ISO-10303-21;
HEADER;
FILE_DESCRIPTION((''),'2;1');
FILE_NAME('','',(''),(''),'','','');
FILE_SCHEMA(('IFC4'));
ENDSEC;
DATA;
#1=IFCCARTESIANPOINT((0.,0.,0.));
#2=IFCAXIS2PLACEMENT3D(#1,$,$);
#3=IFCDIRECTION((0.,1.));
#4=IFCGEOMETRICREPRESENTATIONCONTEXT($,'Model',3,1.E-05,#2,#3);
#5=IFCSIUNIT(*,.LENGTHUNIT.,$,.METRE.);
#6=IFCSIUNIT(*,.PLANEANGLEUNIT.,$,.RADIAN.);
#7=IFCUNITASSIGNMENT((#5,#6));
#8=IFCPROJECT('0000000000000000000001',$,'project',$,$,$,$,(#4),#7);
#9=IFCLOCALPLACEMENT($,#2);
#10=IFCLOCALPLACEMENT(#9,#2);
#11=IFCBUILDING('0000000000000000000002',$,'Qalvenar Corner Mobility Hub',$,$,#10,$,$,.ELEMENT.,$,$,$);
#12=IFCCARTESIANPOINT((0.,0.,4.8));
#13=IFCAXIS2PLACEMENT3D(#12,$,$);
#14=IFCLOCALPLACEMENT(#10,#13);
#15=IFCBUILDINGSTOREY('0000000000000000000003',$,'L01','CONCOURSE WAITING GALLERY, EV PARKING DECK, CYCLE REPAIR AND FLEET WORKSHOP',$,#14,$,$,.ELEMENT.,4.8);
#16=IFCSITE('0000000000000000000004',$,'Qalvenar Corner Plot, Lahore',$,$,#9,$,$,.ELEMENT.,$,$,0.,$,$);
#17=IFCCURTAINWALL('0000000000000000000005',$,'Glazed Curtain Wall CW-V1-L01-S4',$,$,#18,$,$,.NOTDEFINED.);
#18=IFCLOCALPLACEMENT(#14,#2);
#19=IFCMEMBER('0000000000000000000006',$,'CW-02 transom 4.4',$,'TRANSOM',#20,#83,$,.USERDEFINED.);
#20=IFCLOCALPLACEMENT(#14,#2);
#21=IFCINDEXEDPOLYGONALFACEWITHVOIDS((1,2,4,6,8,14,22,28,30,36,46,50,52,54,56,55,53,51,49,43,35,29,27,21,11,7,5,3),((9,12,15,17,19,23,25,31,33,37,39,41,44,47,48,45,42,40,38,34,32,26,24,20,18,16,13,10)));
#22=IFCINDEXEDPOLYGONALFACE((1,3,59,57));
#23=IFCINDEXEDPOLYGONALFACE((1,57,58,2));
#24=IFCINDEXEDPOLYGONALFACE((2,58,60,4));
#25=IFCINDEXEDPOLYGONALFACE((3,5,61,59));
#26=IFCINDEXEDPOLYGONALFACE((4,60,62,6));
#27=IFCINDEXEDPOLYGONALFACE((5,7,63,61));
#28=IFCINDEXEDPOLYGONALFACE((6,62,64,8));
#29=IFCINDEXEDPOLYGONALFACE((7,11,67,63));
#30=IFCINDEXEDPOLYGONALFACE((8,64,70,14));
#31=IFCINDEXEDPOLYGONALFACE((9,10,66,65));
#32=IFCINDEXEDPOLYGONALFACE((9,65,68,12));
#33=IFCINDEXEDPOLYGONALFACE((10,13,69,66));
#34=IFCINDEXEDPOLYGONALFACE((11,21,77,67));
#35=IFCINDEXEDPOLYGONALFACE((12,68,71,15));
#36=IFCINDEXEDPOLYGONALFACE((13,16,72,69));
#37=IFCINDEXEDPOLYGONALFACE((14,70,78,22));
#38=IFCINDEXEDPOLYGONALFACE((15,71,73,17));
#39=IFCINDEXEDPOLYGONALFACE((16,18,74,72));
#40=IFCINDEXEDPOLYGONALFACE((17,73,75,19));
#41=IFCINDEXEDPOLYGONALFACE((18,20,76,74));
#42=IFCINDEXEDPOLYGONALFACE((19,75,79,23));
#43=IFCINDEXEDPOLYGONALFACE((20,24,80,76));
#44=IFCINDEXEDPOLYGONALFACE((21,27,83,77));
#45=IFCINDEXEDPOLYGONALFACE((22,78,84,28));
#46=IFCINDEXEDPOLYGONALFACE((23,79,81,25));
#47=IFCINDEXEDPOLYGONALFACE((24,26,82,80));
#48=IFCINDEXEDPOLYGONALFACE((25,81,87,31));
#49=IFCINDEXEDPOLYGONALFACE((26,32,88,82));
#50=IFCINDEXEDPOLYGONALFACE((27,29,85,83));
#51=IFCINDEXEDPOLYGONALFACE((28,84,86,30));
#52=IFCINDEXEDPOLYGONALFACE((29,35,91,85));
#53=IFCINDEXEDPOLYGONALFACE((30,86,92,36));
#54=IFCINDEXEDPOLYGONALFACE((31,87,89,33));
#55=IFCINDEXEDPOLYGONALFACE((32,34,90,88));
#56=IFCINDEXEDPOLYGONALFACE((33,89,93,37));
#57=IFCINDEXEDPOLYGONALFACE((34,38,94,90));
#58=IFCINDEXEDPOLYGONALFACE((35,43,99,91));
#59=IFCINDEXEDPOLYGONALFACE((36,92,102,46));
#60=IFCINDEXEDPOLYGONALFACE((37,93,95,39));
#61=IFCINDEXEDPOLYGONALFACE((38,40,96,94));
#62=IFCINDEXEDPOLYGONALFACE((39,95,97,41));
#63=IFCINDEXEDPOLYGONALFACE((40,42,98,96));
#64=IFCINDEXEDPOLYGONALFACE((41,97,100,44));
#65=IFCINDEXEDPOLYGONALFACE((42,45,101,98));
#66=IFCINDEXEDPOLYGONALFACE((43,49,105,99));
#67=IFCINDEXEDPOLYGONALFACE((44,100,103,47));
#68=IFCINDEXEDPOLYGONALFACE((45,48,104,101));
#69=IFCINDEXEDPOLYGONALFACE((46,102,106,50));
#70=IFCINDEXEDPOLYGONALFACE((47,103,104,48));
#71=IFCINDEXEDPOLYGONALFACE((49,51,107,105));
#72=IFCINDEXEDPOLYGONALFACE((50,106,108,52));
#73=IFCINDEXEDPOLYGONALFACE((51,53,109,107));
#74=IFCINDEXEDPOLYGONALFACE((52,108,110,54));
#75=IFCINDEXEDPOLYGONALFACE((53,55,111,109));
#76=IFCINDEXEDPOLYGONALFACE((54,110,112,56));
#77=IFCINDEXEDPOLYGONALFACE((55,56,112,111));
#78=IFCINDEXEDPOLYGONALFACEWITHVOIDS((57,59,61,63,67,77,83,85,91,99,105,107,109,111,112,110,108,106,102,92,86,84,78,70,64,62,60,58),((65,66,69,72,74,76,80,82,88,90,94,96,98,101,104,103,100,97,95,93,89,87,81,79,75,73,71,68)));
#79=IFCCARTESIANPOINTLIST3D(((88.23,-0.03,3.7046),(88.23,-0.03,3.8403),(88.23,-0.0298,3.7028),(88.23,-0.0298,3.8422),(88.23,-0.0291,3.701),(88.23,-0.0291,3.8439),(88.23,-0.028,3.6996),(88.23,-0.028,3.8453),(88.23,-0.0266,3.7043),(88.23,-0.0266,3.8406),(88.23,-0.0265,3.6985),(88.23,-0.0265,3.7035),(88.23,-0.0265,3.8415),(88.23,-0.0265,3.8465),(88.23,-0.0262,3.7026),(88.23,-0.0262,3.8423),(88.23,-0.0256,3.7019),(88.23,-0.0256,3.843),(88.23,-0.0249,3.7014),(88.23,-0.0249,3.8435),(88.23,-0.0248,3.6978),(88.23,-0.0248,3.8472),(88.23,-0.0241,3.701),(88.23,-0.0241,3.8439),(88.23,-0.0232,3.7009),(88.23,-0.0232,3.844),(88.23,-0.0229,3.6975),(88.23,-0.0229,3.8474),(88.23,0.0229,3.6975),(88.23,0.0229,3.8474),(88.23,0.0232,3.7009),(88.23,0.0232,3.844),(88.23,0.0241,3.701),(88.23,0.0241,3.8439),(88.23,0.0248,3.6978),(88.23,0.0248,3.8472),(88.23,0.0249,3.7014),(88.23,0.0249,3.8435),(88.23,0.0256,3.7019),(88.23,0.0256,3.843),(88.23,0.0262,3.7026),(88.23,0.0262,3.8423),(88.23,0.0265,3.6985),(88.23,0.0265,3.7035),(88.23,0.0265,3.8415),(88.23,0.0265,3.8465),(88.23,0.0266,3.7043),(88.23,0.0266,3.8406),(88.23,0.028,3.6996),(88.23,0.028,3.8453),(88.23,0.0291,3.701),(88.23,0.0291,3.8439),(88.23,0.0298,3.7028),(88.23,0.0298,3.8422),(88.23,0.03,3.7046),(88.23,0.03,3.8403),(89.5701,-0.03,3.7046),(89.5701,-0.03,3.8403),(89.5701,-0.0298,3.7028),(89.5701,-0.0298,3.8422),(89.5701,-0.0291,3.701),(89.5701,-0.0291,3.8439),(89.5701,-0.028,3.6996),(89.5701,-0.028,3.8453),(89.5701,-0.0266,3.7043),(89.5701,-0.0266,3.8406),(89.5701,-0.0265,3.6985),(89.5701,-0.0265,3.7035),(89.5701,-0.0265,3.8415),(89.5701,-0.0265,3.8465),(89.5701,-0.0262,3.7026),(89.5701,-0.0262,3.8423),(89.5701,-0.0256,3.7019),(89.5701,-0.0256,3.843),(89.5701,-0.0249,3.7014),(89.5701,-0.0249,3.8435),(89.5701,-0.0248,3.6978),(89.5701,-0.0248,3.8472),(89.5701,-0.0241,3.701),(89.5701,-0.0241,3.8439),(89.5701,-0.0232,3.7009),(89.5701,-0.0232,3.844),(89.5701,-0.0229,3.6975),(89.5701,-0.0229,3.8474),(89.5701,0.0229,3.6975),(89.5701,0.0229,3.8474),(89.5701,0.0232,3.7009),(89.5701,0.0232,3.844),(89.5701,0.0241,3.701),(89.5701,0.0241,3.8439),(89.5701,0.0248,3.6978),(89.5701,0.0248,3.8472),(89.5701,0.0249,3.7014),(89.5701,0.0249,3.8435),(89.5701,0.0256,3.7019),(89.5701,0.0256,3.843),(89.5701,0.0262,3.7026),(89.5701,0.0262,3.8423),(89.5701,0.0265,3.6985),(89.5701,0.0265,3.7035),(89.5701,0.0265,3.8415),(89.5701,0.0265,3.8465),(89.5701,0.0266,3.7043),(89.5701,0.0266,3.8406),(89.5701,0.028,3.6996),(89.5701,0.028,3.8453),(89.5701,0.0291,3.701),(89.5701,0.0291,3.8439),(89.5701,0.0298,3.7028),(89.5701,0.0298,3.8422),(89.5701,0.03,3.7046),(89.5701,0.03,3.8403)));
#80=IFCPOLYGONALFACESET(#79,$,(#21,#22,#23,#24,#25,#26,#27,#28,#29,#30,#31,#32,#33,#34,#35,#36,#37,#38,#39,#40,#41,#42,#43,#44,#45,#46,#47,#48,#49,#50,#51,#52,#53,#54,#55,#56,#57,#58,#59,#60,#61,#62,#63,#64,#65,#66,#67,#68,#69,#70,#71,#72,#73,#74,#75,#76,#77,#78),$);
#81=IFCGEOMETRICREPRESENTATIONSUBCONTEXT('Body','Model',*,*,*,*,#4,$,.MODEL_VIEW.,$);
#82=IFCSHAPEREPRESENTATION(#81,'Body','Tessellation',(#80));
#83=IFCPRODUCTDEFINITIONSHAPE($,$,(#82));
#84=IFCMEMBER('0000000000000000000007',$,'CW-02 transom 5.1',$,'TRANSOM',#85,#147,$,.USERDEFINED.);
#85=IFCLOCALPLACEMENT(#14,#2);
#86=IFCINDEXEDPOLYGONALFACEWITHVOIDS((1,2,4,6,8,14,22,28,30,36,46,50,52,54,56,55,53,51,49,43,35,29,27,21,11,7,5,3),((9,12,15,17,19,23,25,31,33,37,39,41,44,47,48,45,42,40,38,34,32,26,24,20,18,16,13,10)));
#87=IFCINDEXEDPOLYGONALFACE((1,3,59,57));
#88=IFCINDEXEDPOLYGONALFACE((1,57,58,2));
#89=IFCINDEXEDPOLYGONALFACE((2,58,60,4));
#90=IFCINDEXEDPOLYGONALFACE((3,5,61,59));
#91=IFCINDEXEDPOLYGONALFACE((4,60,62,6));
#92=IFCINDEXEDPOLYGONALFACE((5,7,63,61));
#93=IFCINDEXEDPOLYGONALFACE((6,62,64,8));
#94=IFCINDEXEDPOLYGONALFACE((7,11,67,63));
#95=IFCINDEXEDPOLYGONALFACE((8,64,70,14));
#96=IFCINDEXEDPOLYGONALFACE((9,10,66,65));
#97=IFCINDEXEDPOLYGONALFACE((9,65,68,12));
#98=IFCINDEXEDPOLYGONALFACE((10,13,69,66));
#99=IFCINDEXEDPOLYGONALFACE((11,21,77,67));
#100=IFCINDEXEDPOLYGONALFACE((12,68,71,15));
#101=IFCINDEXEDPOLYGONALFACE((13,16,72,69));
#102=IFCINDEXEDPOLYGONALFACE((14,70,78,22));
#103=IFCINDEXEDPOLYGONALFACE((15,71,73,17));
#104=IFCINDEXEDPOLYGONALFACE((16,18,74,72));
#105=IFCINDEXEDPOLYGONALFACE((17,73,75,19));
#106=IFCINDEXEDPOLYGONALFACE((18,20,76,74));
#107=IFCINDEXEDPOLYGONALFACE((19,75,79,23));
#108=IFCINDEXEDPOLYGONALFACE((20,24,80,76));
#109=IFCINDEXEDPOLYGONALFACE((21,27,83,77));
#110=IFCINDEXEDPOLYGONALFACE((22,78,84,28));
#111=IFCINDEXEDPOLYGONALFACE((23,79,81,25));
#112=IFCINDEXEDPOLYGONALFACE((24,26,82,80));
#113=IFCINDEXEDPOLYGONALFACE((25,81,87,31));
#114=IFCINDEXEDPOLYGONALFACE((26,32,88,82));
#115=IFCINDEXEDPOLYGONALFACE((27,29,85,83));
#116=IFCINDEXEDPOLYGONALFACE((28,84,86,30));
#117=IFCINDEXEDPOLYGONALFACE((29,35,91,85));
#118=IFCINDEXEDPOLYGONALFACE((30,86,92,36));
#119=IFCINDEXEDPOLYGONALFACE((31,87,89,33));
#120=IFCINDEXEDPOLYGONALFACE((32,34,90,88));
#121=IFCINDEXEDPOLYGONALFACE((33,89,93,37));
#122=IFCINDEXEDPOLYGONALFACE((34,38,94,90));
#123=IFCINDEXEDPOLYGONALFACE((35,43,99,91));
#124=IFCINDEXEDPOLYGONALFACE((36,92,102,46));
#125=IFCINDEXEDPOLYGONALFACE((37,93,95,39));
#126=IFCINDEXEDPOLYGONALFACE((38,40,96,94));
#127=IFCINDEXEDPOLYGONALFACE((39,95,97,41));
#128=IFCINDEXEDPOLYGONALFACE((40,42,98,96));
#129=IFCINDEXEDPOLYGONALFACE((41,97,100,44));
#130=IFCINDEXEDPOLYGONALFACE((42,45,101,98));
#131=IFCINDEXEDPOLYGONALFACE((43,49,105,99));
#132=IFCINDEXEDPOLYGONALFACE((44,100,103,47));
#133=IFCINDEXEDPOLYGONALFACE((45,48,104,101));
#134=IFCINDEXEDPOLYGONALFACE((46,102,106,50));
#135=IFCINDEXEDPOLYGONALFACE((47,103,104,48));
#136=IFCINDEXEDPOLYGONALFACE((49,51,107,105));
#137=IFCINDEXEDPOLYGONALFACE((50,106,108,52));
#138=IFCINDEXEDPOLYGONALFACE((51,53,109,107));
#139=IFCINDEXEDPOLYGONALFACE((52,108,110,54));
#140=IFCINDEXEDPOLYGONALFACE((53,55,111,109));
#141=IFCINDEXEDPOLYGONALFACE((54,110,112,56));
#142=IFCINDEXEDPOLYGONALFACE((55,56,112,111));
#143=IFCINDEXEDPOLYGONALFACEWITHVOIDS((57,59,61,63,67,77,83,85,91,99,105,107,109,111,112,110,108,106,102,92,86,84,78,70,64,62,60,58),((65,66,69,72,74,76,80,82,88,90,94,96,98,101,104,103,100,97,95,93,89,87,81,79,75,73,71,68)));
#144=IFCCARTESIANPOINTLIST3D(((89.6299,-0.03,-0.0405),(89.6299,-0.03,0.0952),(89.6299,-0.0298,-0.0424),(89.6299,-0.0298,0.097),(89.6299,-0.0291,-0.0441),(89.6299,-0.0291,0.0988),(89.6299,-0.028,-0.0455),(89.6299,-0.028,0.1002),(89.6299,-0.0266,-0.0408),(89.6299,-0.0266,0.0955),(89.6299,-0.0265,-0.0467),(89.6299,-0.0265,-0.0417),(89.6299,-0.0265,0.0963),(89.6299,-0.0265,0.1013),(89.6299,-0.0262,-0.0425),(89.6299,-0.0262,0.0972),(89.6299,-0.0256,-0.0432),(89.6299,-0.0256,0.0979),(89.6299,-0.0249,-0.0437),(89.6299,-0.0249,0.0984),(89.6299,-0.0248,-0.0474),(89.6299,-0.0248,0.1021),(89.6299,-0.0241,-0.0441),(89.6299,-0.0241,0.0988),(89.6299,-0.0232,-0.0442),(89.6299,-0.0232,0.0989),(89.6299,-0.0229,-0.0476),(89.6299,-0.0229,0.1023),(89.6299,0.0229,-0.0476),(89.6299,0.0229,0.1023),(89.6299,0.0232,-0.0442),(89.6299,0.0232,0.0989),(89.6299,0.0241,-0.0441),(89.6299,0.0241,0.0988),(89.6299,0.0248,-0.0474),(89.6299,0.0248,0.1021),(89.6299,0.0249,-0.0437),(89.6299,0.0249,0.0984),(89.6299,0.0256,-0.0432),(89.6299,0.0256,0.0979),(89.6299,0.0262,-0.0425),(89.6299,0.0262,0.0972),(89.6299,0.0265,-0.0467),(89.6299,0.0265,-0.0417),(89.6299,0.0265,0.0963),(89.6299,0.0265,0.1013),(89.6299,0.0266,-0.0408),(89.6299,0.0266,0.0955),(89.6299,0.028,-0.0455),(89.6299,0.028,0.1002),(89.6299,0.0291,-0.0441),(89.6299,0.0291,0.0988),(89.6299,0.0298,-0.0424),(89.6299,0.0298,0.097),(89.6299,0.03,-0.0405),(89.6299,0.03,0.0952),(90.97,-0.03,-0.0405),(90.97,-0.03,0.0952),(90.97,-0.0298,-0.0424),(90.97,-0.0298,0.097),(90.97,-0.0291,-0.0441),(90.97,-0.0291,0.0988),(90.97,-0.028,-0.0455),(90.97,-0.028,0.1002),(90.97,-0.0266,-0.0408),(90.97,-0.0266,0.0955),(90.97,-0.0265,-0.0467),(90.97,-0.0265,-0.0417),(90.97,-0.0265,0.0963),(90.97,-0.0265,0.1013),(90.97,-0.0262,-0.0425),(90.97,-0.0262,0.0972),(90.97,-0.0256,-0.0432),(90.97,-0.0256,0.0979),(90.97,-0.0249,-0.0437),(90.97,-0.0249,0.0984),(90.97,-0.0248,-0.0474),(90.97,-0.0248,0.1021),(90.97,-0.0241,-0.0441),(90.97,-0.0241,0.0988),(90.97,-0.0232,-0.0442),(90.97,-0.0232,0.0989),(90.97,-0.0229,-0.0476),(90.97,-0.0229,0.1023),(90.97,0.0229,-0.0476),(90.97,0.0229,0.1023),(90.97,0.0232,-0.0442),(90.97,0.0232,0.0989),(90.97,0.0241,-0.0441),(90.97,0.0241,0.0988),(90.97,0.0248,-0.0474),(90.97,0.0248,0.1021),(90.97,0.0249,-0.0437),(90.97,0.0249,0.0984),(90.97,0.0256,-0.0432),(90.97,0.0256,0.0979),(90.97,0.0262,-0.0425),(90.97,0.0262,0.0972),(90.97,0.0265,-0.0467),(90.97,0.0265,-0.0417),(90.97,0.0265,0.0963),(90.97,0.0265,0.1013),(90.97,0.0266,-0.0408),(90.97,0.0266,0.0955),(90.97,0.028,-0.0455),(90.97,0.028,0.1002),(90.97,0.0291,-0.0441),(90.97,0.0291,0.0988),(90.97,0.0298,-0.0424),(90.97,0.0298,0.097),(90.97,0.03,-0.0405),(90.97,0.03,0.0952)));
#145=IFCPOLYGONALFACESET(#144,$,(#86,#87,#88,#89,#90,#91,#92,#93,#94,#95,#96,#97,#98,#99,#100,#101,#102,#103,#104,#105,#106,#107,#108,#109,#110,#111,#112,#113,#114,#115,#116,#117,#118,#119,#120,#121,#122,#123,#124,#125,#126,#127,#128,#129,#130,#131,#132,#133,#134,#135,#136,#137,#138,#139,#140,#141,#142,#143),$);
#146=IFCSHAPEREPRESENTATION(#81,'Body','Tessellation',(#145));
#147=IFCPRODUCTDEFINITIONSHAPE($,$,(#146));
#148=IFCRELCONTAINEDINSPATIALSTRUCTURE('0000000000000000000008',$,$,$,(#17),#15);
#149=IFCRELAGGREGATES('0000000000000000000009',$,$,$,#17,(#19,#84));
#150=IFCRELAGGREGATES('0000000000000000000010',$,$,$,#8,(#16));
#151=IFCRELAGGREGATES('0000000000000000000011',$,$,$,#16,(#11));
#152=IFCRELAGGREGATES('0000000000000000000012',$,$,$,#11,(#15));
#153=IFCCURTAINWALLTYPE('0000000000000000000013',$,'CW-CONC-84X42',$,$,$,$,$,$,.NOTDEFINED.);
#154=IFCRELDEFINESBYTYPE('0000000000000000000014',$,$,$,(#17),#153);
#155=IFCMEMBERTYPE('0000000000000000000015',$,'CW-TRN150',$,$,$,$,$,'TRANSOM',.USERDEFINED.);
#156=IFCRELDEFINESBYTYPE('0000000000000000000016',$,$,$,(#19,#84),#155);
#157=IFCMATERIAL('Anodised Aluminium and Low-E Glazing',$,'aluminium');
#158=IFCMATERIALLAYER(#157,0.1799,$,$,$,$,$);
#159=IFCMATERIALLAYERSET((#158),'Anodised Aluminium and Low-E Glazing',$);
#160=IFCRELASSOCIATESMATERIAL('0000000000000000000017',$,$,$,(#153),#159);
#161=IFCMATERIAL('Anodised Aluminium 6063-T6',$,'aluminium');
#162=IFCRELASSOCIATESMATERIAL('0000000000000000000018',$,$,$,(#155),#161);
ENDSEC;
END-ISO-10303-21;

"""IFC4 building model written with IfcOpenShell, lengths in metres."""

from ifc_helpers import new_model, si_unit, direction, frame, origin, origin_2d, place, context, subcontext, project, spatial, hollow_rectangle, extrude, material, layer, layer_set, material_profile, profile_set, type_object, element, aggregate, save


model = new_model("IFC4")

# Units and contexts
model_context = context("Model", 3, precision=1e-05, world=origin(), true_north=direction((0.0, 1.0)))
body_context = subcontext(model_context, "Body", "Model", "MODEL_VIEW")
ifc_project = project(units=[si_unit("LENGTHUNIT", "METRE"), si_unit("PLANEANGLEUNIT", "RADIAN")], contexts=[model_context])

# Site, building, storey
site_placement = place(None, origin())
site = spatial("IfcSite", under=ifc_project, at=site_placement, Name="Qalvenar Corner Plot, Lahore", CompositionType="ELEMENT", RefElevation=0.0)
building_placement = place(site_placement, origin())
building = spatial("IfcBuilding", under=site, at=building_placement, Name="Qalvenar Corner Mobility Hub", CompositionType="ELEMENT")
storey_placement = place(building_placement, frame((0.0, 0.0, 4.8)))
storey = spatial("IfcBuildingStorey", under=building, at=storey_placement, Name="L01", Description="CONCOURSE WAITING GALLERY, EV PARKING DECK, CYCLE REPAIR AND FLEET WORKSHOP", CompositionType="ELEMENT", Elevation=4.8)

# Curtain wall, members
ifc_material_1 = material(Name="Anodised Aluminium and Low-E Glazing", Category="aluminium")
ifc_layer_1 = layer(ifc_material_1, 0.1799)
ifc_layer_set_1 = layer_set([ifc_layer_1], Name="Anodised Aluminium and Low-E Glazing")
curtain_wall_type = type_object("IfcCurtainWallType", Name="CW-CONC-84X42", PredefinedType="NOTDEFINED", material=ifc_layer_set_1)
curtain_wall_placement = place(storey_placement, origin())
curtain_wall = element("IfcCurtainWall", 1, at=curtain_wall_placement, inside=storey, type_object=curtain_wall_type, Name="Glazed Curtain Wall CW-V1-L01-S4", PredefinedType="NOTDEFINED")
ifc_material_2 = material(Name="Anodised Aluminium 6063-T6", Category="aluminium")
ifc_material_profile_1 = material_profile(ifc_material_2, hollow_rectangle(XDim=0.0601, YDim=0.1499, WallThickness=0.0034, InnerFilletRadius=0.0034, OuterFilletRadius=0.0071, at=origin_2d()), Name="RHS150x60x3.5")
ifc_profile_set_1 = profile_set([ifc_material_profile_1], Name="Anodised Aluminium 6063-T6")
member_type_1 = type_object("IfcMemberType", Name="CW-TRN150", ElementType="TRANSOM", PredefinedType="USERDEFINED", material=ifc_profile_set_1)
member_1_placement = place(storey_placement, frame((88.23, 0.0, 3.7725), z_axis=(1.0, 0.0, 0.0), x_axis=(0.0, 1.0, 0.0)))
member_1 = element("IfcMember", 2, at=member_1_placement, type_object=member_type_1, Name="CW-02 transom 4.4", ObjectType="TRANSOM", PredefinedType="USERDEFINED", context=body_context, shape_type="SweptSolid", body=[
    extrude(hollow_rectangle(XDim=0.0601, YDim=0.1499, WallThickness=0.0034, InnerFilletRadius=0.0034, OuterFilletRadius=0.0071, at=origin_2d()), origin(), (0.0, 0.0, 1.0), 1.3401),
])
member_2_placement = place(storey_placement, frame((89.6299, 0.0, 0.0273), z_axis=(1.0, 0.0, 0.0), x_axis=(0.0, 1.0, 0.0)))
member_2 = element("IfcMember", 3, at=member_2_placement, type_object=member_type_1, Name="CW-02 transom 5.1", ObjectType="TRANSOM", PredefinedType="USERDEFINED", context=body_context, shape_type="SweptSolid", body=[
    extrude(hollow_rectangle(XDim=0.0601, YDim=0.1499, WallThickness=0.0034, InnerFilletRadius=0.0034, OuterFilletRadius=0.0071, at=origin_2d()), origin(), (0.0, 0.0, 1.0), 1.3401),
])
aggregate(curtain_wall, [member_1, member_2])

save(model, "model.ifc")
